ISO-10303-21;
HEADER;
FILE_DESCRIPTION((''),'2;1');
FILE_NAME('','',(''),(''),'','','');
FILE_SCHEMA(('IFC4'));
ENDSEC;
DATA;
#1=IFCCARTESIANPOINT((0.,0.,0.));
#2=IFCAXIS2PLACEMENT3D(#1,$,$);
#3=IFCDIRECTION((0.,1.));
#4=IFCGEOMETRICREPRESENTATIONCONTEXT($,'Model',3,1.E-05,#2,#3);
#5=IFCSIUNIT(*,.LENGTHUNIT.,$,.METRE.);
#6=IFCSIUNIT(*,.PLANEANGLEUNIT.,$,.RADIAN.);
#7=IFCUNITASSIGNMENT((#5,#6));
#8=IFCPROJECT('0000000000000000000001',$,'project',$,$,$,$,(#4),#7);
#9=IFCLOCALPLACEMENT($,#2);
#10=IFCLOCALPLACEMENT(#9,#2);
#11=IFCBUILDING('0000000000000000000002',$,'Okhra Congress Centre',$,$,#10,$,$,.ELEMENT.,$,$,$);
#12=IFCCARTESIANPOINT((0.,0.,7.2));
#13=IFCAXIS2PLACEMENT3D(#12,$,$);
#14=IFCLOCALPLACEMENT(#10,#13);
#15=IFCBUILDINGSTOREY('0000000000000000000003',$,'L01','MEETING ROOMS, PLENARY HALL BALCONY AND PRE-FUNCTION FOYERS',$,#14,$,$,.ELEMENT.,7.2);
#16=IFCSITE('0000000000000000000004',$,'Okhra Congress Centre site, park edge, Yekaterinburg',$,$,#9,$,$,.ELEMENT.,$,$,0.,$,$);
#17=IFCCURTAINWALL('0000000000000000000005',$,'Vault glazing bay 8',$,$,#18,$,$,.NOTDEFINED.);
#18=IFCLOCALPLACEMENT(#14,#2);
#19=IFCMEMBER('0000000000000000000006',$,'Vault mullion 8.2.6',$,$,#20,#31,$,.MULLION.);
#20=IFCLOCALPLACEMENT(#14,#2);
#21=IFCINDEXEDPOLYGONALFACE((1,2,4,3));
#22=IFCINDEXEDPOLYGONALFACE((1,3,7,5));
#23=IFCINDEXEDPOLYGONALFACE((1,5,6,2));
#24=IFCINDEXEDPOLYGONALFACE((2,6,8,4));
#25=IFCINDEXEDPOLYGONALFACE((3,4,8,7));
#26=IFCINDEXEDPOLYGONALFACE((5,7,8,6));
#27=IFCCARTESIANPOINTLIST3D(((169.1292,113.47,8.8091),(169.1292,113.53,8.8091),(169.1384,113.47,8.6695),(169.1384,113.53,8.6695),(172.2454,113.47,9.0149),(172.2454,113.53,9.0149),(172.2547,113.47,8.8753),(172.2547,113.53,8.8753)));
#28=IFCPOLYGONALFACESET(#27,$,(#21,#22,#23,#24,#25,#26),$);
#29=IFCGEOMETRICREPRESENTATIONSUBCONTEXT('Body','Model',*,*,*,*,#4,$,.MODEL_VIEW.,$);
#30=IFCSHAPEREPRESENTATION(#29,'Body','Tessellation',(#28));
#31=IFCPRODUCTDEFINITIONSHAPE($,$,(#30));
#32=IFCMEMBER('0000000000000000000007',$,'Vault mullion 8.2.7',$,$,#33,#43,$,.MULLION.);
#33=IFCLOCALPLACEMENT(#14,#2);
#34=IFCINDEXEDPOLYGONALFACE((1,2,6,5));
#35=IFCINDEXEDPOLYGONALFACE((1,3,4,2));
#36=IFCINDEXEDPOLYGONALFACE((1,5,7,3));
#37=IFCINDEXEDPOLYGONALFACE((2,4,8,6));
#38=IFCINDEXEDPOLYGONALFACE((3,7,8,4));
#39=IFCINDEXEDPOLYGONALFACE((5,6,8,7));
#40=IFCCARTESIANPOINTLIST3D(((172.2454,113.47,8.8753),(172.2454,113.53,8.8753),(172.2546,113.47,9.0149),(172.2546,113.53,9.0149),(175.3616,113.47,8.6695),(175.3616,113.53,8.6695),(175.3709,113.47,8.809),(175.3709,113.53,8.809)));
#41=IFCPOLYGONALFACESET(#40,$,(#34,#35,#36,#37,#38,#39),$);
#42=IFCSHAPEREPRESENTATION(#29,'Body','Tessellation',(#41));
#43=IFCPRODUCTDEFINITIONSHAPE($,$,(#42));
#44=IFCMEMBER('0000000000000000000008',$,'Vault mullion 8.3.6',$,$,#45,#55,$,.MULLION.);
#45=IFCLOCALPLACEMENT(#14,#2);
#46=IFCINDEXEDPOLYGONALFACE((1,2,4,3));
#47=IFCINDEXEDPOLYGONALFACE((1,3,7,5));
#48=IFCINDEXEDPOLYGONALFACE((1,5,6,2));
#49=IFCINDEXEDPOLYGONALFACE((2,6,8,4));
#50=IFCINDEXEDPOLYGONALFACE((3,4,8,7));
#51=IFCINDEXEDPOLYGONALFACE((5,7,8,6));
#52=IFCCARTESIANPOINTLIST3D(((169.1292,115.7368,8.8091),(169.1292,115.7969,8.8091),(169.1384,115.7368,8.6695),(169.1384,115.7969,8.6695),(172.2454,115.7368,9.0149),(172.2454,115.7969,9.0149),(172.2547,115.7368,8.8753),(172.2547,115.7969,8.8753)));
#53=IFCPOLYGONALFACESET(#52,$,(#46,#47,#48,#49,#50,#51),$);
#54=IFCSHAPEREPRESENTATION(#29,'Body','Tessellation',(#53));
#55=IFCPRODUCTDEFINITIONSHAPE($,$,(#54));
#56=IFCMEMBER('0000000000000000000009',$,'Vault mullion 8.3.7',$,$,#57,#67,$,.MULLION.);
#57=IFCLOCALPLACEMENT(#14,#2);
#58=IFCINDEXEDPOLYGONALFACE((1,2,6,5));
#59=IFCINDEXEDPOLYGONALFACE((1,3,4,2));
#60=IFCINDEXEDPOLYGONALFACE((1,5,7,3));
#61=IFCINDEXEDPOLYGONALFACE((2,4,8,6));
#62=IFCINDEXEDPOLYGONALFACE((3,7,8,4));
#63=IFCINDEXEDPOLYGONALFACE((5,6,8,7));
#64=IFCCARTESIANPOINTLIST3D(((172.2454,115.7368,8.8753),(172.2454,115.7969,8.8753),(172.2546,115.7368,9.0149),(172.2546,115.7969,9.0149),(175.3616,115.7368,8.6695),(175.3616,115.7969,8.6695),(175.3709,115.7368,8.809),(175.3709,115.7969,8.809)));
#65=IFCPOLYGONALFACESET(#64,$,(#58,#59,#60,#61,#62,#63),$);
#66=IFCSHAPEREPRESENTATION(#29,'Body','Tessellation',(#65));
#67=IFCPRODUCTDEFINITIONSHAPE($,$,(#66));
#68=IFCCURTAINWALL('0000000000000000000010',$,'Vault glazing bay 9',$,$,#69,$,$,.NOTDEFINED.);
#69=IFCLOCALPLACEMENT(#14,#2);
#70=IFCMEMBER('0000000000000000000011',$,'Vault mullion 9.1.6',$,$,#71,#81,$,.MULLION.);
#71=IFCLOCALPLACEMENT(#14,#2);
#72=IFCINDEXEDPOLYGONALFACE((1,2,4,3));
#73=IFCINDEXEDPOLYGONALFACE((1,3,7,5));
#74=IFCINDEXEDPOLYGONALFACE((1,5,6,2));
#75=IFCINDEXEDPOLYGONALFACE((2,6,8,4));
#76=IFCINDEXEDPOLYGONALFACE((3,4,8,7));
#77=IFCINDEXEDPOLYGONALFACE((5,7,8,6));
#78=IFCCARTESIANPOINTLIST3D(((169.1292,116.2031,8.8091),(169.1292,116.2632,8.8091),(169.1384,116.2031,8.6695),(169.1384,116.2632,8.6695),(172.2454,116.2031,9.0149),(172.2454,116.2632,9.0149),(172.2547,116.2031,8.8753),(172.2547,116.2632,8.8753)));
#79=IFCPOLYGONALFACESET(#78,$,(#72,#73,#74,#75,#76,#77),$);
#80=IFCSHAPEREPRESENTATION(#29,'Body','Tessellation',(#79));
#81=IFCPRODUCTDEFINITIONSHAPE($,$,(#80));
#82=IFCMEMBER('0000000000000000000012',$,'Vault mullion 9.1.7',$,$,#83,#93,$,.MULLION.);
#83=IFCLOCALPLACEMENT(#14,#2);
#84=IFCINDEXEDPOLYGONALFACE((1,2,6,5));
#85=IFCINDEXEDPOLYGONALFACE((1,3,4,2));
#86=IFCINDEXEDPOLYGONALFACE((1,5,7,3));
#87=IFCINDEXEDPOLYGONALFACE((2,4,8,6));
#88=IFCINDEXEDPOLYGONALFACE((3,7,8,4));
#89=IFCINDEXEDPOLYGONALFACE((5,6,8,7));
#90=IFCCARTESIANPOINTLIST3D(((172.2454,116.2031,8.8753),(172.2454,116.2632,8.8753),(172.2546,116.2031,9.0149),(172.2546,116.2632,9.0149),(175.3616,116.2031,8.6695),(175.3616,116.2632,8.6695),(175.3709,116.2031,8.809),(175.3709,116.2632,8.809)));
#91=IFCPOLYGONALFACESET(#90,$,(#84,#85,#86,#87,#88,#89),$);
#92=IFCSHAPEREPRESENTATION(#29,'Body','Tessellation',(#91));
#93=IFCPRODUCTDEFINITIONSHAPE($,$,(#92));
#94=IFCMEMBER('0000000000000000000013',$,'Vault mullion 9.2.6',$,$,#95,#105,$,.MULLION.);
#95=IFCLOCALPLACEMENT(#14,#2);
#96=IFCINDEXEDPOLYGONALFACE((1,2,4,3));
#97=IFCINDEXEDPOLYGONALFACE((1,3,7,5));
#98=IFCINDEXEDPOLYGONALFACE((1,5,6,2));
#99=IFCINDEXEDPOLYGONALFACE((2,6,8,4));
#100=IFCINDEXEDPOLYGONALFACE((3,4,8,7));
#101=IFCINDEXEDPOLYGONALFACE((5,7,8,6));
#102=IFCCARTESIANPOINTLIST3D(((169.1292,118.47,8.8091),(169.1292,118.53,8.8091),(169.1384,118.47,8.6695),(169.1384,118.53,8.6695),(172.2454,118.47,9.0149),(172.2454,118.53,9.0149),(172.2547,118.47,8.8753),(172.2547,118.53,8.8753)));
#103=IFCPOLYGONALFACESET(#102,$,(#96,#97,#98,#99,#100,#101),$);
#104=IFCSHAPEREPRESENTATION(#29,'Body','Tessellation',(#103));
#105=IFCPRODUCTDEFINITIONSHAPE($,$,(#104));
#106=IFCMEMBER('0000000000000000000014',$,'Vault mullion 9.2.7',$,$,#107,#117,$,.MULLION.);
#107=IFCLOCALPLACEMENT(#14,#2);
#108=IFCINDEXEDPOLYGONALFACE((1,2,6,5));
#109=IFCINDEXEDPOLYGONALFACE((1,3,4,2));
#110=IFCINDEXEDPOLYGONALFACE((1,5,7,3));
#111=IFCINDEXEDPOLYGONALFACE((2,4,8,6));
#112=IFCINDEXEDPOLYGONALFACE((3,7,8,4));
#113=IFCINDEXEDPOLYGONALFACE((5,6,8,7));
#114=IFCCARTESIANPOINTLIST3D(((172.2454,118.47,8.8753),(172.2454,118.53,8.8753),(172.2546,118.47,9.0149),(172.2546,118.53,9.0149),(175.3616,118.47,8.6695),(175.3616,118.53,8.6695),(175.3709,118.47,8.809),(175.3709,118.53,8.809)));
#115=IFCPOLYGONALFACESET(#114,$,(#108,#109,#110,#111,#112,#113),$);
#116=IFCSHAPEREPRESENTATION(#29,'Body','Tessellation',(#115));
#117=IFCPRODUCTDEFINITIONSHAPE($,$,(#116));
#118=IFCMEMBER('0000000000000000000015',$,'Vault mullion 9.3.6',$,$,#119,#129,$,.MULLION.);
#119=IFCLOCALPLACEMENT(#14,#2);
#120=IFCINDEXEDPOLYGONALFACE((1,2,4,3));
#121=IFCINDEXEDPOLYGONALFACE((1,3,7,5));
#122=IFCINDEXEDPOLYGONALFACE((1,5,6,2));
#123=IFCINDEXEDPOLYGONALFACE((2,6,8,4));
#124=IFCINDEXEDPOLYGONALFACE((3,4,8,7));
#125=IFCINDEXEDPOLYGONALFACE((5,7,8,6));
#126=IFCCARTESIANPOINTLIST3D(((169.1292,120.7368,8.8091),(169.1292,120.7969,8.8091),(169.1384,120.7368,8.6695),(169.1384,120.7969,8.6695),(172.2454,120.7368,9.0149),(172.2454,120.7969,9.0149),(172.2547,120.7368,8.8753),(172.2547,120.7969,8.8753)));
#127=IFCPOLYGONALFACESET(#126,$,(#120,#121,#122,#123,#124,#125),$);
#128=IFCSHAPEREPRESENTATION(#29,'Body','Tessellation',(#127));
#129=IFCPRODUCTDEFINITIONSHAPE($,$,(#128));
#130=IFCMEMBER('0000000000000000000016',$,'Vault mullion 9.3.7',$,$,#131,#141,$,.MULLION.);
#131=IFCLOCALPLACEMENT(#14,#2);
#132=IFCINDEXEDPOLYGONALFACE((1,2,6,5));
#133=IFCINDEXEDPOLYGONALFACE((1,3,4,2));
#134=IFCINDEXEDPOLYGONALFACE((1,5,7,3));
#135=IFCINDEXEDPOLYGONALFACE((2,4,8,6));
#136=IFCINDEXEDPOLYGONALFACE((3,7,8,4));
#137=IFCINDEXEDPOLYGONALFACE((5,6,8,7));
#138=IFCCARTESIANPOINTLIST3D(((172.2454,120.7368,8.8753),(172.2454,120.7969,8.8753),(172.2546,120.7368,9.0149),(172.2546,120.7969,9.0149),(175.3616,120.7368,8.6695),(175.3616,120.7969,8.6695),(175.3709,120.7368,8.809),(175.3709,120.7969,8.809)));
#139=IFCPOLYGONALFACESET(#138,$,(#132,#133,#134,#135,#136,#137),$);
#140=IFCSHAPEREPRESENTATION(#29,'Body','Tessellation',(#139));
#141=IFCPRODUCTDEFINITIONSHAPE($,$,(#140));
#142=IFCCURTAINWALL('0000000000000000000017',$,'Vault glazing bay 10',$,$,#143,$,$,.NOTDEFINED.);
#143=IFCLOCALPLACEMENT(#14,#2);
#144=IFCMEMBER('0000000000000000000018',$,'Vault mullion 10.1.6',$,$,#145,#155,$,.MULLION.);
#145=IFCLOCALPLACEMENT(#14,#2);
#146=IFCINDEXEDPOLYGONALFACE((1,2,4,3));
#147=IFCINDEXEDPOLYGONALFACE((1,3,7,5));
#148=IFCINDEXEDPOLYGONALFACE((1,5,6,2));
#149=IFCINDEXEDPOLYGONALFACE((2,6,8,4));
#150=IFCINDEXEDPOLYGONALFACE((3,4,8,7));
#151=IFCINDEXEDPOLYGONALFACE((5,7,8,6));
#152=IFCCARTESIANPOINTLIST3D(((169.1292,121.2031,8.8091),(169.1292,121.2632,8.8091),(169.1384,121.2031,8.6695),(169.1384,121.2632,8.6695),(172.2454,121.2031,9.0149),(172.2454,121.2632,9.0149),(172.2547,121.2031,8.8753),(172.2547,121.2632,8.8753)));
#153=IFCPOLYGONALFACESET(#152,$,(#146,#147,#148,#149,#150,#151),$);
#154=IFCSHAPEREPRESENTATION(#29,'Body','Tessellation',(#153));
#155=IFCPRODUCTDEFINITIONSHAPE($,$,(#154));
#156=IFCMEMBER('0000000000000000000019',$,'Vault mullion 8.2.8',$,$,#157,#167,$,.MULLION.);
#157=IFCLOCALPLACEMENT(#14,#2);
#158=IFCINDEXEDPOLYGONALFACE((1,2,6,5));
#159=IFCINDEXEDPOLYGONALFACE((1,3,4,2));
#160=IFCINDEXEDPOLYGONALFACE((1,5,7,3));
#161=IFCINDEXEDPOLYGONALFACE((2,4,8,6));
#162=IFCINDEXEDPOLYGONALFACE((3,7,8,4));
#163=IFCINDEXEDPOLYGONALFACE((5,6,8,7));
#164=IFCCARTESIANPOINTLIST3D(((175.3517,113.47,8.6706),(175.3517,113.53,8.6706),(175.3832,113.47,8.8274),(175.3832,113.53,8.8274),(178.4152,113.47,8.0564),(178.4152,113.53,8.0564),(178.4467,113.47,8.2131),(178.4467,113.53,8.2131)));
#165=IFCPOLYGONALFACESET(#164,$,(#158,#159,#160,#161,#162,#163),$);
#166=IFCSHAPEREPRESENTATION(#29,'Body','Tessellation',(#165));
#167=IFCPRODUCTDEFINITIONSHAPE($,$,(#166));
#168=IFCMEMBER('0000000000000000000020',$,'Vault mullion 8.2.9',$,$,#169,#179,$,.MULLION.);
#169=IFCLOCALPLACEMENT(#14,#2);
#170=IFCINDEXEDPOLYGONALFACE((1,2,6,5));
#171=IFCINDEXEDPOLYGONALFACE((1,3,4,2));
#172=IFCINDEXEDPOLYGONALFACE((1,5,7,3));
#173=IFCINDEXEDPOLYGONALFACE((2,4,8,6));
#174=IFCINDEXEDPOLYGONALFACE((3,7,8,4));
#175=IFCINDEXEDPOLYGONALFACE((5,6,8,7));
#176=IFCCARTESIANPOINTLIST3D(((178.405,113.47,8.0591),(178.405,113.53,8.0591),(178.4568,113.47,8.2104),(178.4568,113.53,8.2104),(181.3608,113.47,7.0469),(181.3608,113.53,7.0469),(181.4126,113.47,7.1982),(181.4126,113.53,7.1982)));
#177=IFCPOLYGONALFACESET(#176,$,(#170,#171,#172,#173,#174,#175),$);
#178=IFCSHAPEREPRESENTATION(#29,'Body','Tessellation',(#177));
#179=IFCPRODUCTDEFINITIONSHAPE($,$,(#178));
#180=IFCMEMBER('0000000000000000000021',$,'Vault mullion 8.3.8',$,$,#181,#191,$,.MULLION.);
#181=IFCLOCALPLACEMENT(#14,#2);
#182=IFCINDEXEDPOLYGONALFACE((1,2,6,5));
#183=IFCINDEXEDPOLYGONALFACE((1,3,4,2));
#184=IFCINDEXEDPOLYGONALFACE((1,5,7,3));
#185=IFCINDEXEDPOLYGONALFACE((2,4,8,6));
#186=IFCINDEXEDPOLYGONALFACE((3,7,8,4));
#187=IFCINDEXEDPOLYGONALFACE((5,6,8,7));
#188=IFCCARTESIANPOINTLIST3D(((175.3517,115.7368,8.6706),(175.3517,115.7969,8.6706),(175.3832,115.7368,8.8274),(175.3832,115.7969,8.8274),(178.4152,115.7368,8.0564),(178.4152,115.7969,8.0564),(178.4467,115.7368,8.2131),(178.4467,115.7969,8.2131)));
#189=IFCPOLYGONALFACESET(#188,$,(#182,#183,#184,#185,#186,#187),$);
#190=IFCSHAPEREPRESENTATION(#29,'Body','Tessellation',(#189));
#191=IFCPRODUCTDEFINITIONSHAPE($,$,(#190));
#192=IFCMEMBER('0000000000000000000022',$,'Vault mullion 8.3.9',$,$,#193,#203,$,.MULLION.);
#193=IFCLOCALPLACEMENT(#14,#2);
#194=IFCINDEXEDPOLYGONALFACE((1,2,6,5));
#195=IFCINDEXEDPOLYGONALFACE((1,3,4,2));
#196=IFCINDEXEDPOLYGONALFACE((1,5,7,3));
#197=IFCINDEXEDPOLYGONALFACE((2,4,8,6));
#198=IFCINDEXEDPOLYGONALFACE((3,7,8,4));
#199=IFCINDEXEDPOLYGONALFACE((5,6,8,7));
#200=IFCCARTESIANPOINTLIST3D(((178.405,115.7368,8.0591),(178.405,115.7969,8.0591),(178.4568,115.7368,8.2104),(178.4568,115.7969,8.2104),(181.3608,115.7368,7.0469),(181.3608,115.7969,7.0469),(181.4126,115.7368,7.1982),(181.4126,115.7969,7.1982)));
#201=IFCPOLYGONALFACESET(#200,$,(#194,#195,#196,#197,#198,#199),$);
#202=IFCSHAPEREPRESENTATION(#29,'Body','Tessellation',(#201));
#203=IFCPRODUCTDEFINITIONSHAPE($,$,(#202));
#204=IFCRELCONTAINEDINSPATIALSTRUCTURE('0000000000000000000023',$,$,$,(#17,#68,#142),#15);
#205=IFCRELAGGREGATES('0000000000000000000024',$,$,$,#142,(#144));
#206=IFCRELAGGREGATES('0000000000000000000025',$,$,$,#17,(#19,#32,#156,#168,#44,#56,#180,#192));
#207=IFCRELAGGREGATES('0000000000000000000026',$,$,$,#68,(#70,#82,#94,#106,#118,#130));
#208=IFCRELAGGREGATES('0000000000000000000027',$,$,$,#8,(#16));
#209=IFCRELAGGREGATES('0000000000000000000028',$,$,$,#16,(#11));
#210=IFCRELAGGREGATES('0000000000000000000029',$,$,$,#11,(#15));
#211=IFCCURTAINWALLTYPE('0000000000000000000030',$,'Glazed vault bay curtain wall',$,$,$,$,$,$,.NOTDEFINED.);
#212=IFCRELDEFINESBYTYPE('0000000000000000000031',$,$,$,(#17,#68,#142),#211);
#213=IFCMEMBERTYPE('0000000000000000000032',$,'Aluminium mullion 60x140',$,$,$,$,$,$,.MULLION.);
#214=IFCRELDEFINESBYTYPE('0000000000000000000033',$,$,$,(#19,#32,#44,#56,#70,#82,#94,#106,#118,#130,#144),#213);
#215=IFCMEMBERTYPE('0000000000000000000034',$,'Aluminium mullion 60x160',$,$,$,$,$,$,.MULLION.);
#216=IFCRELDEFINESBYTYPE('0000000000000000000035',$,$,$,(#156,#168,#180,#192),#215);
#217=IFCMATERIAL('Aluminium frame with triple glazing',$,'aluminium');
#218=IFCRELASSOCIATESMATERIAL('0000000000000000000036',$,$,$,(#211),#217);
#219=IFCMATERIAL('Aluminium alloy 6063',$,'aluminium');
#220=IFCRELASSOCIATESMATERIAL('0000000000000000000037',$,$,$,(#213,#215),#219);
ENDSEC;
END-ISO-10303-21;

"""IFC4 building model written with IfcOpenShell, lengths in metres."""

from ifc_helpers import new_model, si_unit, direction, frame, origin, origin_2d, place, context, subcontext, project, spatial, rectangle, extrude, material, material_profile, profile_set, type_object, element, aggregate, save


model = new_model("IFC4")

# Units and contexts
model_context = context("Model", 3, precision=1e-05, world=origin(), true_north=direction((0.0, 1.0)))
body_context = subcontext(model_context, "Body", "Model", "MODEL_VIEW")
ifc_project = project(units=[si_unit("LENGTHUNIT", "METRE"), si_unit("PLANEANGLEUNIT", "RADIAN")], contexts=[model_context])

# Site, building, storey
site_placement = place(None, origin())
site = spatial("IfcSite", under=ifc_project, at=site_placement, Name="Okhra Congress Centre site, park edge, Yekaterinburg", CompositionType="ELEMENT", RefElevation=0.0)
building_placement = place(site_placement, origin())
building = spatial("IfcBuilding", under=site, at=building_placement, Name="Okhra Congress Centre", CompositionType="ELEMENT")
storey_placement = place(building_placement, frame((0.0, 0.0, 7.2)))
storey = spatial("IfcBuildingStorey", under=building, at=storey_placement, Name="L01", Description="MEETING ROOMS, PLENARY HALL BALCONY AND PRE-FUNCTION FOYERS", CompositionType="ELEMENT", Elevation=7.2)

# Curtain walls, members
ifc_material_1 = material(Name="Aluminium frame with triple glazing", Category="aluminium")
curtain_wall_type = type_object("IfcCurtainWallType", Name="Glazed vault bay curtain wall", PredefinedType="NOTDEFINED", material=ifc_material_1)
curtain_wall_1_placement = place(storey_placement, origin())
curtain_wall_1 = element("IfcCurtainWall", 1, at=curtain_wall_1_placement, inside=storey, type_object=curtain_wall_type, Name="Vault glazing bay 8", PredefinedType="NOTDEFINED")
ifc_material_2 = material(Name="Aluminium alloy 6063", Category="aluminium")
ifc_material_profile_1 = material_profile(ifc_material_2, rectangle(XDim=0.0601, YDim=0.1399, at=origin_2d()), Name="AL 60x140")
ifc_profile_set_1 = profile_set([ifc_material_profile_1], Name="Aluminium alloy 6063")
member_type_1 = type_object("IfcMemberType", Name="Aluminium mullion 60x140", PredefinedType="MULLION", material=ifc_profile_set_1)
member_1_placement = place(storey_placement, frame((169.1338, 113.5, 8.7393), z_axis=(0.997826, 0.0, 0.065902), x_axis=(0.0, 1.0, 0.0)))
member_1 = element("IfcMember", 2, at=member_1_placement, type_object=member_type_1, Name="Vault mullion 8.2.6", PredefinedType="MULLION", context=body_context, shape_type="SweptSolid", body=[
    extrude(rectangle(XDim=0.0601, YDim=0.1399, at=origin_2d()), origin(), (0.0, 0.0, 1.0), 3.123),
])
member_2_placement = place(storey_placement, frame((172.25, 113.5, 8.9451), z_axis=(0.997826, 0.0, -0.065902), x_axis=(0.0, 1.0, 0.0)))
member_2 = element("IfcMember", 3, at=member_2_placement, type_object=member_type_1, Name="Vault mullion 8.2.7", PredefinedType="MULLION", context=body_context, shape_type="SweptSolid", body=[
    extrude(rectangle(XDim=0.0601, YDim=0.1399, at=origin_2d()), origin(), (0.0, 0.0, 1.0), 3.123),
])
member_3_placement = place(storey_placement, frame((169.1338, 115.7668, 8.7393), z_axis=(0.997826, 0.0, 0.065902), x_axis=(0.0, 1.0, 0.0)))
member_3 = element("IfcMember", 4, at=member_3_placement, type_object=member_type_1, Name="Vault mullion 8.3.6", PredefinedType="MULLION", context=body_context, shape_type="SweptSolid", body=[
    extrude(rectangle(XDim=0.0601, YDim=0.1399, at=origin_2d()), origin(), (0.0, 0.0, 1.0), 3.123),
])
member_4_placement = place(storey_placement, frame((172.25, 115.7668, 8.9451), z_axis=(0.997826, 0.0, -0.065902), x_axis=(0.0, 1.0, 0.0)))
member_4 = element("IfcMember", 5, at=member_4_placement, type_object=member_type_1, Name="Vault mullion 8.3.7", PredefinedType="MULLION", context=body_context, shape_type="SweptSolid", body=[
    extrude(rectangle(XDim=0.0601, YDim=0.1399, at=origin_2d()), origin(), (0.0, 0.0, 1.0), 3.123),
])
curtain_wall_2_placement = place(storey_placement, origin())
curtain_wall_2 = element("IfcCurtainWall", 6, at=curtain_wall_2_placement, inside=storey, type_object=curtain_wall_type, Name="Vault glazing bay 9", PredefinedType="NOTDEFINED")
member_5_placement = place(storey_placement, frame((169.1338, 116.2332, 8.7393), z_axis=(0.997826, 0.0, 0.065902), x_axis=(0.0, 1.0, 0.0)))
member_5 = element("IfcMember", 7, at=member_5_placement, type_object=member_type_1, Name="Vault mullion 9.1.6", PredefinedType="MULLION", context=body_context, shape_type="SweptSolid", body=[
    extrude(rectangle(XDim=0.0601, YDim=0.1399, at=origin_2d()), origin(), (0.0, 0.0, 1.0), 3.123),
])
member_6_placement = place(storey_placement, frame((172.25, 116.2332, 8.9451), z_axis=(0.997826, 0.0, -0.065902), x_axis=(0.0, 1.0, 0.0)))
member_6 = element("IfcMember", 8, at=member_6_placement, type_object=member_type_1, Name="Vault mullion 9.1.7", PredefinedType="MULLION", context=body_context, shape_type="SweptSolid", body=[
    extrude(rectangle(XDim=0.0601, YDim=0.1399, at=origin_2d()), origin(), (0.0, 0.0, 1.0), 3.123),
])
member_7_placement = place(storey_placement, frame((169.1338, 118.5, 8.7393), z_axis=(0.997826, 0.0, 0.065902), x_axis=(0.0, 1.0, 0.0)))
member_7 = element("IfcMember", 9, at=member_7_placement, type_object=member_type_1, Name="Vault mullion 9.2.6", PredefinedType="MULLION", context=body_context, shape_type="SweptSolid", body=[
    extrude(rectangle(XDim=0.0601, YDim=0.1399, at=origin_2d()), origin(), (0.0, 0.0, 1.0), 3.123),
])
member_8_placement = place(storey_placement, frame((172.25, 118.5, 8.9451), z_axis=(0.997826, 0.0, -0.065902), x_axis=(0.0, 1.0, 0.0)))
member_8 = element("IfcMember", 10, at=member_8_placement, type_object=member_type_1, Name="Vault mullion 9.2.7", PredefinedType="MULLION", context=body_context, shape_type="SweptSolid", body=[
    extrude(rectangle(XDim=0.0601, YDim=0.1399, at=origin_2d()), origin(), (0.0, 0.0, 1.0), 3.123),
])
member_9_placement = place(storey_placement, frame((169.1338, 120.7668, 8.7393), z_axis=(0.997826, 0.0, 0.065902), x_axis=(0.0, 1.0, 0.0)))
member_9 = element("IfcMember", 11, at=member_9_placement, type_object=member_type_1, Name="Vault mullion 9.3.6", PredefinedType="MULLION", context=body_context, shape_type="SweptSolid", body=[
    extrude(rectangle(XDim=0.0601, YDim=0.1399, at=origin_2d()), origin(), (0.0, 0.0, 1.0), 3.123),
])
member_10_placement = place(storey_placement, frame((172.25, 120.7668, 8.9451), z_axis=(0.997826, 0.0, -0.065902), x_axis=(0.0, 1.0, 0.0)))
member_10 = element("IfcMember", 12, at=member_10_placement, type_object=member_type_1, Name="Vault mullion 9.3.7", PredefinedType="MULLION", context=body_context, shape_type="SweptSolid", body=[
    extrude(rectangle(XDim=0.0601, YDim=0.1399, at=origin_2d()), origin(), (0.0, 0.0, 1.0), 3.123),
])

# Curtain wall, member
curtain_wall_3_placement = place(storey_placement, origin())
curtain_wall_3 = element("IfcCurtainWall", 13, at=curtain_wall_3_placement, inside=storey, type_object=curtain_wall_type, Name="Vault glazing bay 10", PredefinedType="NOTDEFINED")
member_11_placement = place(storey_placement, frame((169.1338, 121.2332, 8.7393), z_axis=(0.997826, 0.0, 0.065902), x_axis=(0.0, 1.0, 0.0)))
member_11 = element("IfcMember", 14, at=member_11_placement, type_object=member_type_1, Name="Vault mullion 10.1.6", PredefinedType="MULLION", context=body_context, shape_type="SweptSolid", body=[
    extrude(rectangle(XDim=0.0601, YDim=0.1399, at=origin_2d()), origin(), (0.0, 0.0, 1.0), 3.123),
])
aggregate(curtain_wall_3, [member_11])

# Members
ifc_material_profile_2 = material_profile(ifc_material_2, rectangle(XDim=0.0601, YDim=0.1599, at=origin_2d()), Name="AL 60x160")
ifc_profile_set_2 = profile_set([ifc_material_profile_2], Name="Aluminium alloy 6063")
member_type_2 = type_object("IfcMemberType", Name="Aluminium mullion 60x160", PredefinedType="MULLION", material=ifc_profile_set_2)
member_12_placement = place(storey_placement, frame((175.3674, 113.5, 8.749), z_axis=(0.980484, 0.0, -0.196597), x_axis=(0.0, 1.0, 0.0)))
member_12 = element("IfcMember", 15, at=member_12_placement, type_object=member_type_2, Name="Vault mullion 8.2.8", PredefinedType="MULLION", context=body_context, shape_type="SweptSolid", body=[
    extrude(rectangle(XDim=0.0601, YDim=0.1599, at=origin_2d()), origin(), (0.0, 0.0, 1.0), 3.1245),
])
member_13_placement = place(storey_placement, frame((178.4309, 113.5, 8.1348), z_axis=(0.946065, 0.0, -0.323977), x_axis=(0.0, 1.0, 0.0)))
member_13 = element("IfcMember", 16, at=member_13_placement, type_object=member_type_2, Name="Vault mullion 8.2.9", PredefinedType="MULLION", context=body_context, shape_type="SweptSolid", body=[
    extrude(rectangle(XDim=0.0601, YDim=0.1599, at=origin_2d()), origin(), (0.0, 0.0, 1.0), 3.1243),
])
member_14_placement = place(storey_placement, frame((175.3674, 115.7668, 8.749), z_axis=(0.980484, 0.0, -0.196597), x_axis=(0.0, 1.0, 0.0)))
member_14 = element("IfcMember", 17, at=member_14_placement, type_object=member_type_2, Name="Vault mullion 8.3.8", PredefinedType="MULLION", context=body_context, shape_type="SweptSolid", body=[
    extrude(rectangle(XDim=0.0601, YDim=0.1599, at=origin_2d()), origin(), (0.0, 0.0, 1.0), 3.1245),
])
member_15_placement = place(storey_placement, frame((178.4309, 115.7668, 8.1348), z_axis=(0.946065, 0.0, -0.323977), x_axis=(0.0, 1.0, 0.0)))
member_15 = element("IfcMember", 18, at=member_15_placement, type_object=member_type_2, Name="Vault mullion 8.3.9", PredefinedType="MULLION", context=body_context, shape_type="SweptSolid", body=[
    extrude(rectangle(XDim=0.0601, YDim=0.1599, at=origin_2d()), origin(), (0.0, 0.0, 1.0), 3.1243),
])

aggregate(curtain_wall_1, [member_1, member_2, member_12, member_13, member_3, member_4, member_14, member_15])
aggregate(curtain_wall_2, [member_5, member_6, member_7, member_8, member_9, member_10])

save(model, "model.ifc")
